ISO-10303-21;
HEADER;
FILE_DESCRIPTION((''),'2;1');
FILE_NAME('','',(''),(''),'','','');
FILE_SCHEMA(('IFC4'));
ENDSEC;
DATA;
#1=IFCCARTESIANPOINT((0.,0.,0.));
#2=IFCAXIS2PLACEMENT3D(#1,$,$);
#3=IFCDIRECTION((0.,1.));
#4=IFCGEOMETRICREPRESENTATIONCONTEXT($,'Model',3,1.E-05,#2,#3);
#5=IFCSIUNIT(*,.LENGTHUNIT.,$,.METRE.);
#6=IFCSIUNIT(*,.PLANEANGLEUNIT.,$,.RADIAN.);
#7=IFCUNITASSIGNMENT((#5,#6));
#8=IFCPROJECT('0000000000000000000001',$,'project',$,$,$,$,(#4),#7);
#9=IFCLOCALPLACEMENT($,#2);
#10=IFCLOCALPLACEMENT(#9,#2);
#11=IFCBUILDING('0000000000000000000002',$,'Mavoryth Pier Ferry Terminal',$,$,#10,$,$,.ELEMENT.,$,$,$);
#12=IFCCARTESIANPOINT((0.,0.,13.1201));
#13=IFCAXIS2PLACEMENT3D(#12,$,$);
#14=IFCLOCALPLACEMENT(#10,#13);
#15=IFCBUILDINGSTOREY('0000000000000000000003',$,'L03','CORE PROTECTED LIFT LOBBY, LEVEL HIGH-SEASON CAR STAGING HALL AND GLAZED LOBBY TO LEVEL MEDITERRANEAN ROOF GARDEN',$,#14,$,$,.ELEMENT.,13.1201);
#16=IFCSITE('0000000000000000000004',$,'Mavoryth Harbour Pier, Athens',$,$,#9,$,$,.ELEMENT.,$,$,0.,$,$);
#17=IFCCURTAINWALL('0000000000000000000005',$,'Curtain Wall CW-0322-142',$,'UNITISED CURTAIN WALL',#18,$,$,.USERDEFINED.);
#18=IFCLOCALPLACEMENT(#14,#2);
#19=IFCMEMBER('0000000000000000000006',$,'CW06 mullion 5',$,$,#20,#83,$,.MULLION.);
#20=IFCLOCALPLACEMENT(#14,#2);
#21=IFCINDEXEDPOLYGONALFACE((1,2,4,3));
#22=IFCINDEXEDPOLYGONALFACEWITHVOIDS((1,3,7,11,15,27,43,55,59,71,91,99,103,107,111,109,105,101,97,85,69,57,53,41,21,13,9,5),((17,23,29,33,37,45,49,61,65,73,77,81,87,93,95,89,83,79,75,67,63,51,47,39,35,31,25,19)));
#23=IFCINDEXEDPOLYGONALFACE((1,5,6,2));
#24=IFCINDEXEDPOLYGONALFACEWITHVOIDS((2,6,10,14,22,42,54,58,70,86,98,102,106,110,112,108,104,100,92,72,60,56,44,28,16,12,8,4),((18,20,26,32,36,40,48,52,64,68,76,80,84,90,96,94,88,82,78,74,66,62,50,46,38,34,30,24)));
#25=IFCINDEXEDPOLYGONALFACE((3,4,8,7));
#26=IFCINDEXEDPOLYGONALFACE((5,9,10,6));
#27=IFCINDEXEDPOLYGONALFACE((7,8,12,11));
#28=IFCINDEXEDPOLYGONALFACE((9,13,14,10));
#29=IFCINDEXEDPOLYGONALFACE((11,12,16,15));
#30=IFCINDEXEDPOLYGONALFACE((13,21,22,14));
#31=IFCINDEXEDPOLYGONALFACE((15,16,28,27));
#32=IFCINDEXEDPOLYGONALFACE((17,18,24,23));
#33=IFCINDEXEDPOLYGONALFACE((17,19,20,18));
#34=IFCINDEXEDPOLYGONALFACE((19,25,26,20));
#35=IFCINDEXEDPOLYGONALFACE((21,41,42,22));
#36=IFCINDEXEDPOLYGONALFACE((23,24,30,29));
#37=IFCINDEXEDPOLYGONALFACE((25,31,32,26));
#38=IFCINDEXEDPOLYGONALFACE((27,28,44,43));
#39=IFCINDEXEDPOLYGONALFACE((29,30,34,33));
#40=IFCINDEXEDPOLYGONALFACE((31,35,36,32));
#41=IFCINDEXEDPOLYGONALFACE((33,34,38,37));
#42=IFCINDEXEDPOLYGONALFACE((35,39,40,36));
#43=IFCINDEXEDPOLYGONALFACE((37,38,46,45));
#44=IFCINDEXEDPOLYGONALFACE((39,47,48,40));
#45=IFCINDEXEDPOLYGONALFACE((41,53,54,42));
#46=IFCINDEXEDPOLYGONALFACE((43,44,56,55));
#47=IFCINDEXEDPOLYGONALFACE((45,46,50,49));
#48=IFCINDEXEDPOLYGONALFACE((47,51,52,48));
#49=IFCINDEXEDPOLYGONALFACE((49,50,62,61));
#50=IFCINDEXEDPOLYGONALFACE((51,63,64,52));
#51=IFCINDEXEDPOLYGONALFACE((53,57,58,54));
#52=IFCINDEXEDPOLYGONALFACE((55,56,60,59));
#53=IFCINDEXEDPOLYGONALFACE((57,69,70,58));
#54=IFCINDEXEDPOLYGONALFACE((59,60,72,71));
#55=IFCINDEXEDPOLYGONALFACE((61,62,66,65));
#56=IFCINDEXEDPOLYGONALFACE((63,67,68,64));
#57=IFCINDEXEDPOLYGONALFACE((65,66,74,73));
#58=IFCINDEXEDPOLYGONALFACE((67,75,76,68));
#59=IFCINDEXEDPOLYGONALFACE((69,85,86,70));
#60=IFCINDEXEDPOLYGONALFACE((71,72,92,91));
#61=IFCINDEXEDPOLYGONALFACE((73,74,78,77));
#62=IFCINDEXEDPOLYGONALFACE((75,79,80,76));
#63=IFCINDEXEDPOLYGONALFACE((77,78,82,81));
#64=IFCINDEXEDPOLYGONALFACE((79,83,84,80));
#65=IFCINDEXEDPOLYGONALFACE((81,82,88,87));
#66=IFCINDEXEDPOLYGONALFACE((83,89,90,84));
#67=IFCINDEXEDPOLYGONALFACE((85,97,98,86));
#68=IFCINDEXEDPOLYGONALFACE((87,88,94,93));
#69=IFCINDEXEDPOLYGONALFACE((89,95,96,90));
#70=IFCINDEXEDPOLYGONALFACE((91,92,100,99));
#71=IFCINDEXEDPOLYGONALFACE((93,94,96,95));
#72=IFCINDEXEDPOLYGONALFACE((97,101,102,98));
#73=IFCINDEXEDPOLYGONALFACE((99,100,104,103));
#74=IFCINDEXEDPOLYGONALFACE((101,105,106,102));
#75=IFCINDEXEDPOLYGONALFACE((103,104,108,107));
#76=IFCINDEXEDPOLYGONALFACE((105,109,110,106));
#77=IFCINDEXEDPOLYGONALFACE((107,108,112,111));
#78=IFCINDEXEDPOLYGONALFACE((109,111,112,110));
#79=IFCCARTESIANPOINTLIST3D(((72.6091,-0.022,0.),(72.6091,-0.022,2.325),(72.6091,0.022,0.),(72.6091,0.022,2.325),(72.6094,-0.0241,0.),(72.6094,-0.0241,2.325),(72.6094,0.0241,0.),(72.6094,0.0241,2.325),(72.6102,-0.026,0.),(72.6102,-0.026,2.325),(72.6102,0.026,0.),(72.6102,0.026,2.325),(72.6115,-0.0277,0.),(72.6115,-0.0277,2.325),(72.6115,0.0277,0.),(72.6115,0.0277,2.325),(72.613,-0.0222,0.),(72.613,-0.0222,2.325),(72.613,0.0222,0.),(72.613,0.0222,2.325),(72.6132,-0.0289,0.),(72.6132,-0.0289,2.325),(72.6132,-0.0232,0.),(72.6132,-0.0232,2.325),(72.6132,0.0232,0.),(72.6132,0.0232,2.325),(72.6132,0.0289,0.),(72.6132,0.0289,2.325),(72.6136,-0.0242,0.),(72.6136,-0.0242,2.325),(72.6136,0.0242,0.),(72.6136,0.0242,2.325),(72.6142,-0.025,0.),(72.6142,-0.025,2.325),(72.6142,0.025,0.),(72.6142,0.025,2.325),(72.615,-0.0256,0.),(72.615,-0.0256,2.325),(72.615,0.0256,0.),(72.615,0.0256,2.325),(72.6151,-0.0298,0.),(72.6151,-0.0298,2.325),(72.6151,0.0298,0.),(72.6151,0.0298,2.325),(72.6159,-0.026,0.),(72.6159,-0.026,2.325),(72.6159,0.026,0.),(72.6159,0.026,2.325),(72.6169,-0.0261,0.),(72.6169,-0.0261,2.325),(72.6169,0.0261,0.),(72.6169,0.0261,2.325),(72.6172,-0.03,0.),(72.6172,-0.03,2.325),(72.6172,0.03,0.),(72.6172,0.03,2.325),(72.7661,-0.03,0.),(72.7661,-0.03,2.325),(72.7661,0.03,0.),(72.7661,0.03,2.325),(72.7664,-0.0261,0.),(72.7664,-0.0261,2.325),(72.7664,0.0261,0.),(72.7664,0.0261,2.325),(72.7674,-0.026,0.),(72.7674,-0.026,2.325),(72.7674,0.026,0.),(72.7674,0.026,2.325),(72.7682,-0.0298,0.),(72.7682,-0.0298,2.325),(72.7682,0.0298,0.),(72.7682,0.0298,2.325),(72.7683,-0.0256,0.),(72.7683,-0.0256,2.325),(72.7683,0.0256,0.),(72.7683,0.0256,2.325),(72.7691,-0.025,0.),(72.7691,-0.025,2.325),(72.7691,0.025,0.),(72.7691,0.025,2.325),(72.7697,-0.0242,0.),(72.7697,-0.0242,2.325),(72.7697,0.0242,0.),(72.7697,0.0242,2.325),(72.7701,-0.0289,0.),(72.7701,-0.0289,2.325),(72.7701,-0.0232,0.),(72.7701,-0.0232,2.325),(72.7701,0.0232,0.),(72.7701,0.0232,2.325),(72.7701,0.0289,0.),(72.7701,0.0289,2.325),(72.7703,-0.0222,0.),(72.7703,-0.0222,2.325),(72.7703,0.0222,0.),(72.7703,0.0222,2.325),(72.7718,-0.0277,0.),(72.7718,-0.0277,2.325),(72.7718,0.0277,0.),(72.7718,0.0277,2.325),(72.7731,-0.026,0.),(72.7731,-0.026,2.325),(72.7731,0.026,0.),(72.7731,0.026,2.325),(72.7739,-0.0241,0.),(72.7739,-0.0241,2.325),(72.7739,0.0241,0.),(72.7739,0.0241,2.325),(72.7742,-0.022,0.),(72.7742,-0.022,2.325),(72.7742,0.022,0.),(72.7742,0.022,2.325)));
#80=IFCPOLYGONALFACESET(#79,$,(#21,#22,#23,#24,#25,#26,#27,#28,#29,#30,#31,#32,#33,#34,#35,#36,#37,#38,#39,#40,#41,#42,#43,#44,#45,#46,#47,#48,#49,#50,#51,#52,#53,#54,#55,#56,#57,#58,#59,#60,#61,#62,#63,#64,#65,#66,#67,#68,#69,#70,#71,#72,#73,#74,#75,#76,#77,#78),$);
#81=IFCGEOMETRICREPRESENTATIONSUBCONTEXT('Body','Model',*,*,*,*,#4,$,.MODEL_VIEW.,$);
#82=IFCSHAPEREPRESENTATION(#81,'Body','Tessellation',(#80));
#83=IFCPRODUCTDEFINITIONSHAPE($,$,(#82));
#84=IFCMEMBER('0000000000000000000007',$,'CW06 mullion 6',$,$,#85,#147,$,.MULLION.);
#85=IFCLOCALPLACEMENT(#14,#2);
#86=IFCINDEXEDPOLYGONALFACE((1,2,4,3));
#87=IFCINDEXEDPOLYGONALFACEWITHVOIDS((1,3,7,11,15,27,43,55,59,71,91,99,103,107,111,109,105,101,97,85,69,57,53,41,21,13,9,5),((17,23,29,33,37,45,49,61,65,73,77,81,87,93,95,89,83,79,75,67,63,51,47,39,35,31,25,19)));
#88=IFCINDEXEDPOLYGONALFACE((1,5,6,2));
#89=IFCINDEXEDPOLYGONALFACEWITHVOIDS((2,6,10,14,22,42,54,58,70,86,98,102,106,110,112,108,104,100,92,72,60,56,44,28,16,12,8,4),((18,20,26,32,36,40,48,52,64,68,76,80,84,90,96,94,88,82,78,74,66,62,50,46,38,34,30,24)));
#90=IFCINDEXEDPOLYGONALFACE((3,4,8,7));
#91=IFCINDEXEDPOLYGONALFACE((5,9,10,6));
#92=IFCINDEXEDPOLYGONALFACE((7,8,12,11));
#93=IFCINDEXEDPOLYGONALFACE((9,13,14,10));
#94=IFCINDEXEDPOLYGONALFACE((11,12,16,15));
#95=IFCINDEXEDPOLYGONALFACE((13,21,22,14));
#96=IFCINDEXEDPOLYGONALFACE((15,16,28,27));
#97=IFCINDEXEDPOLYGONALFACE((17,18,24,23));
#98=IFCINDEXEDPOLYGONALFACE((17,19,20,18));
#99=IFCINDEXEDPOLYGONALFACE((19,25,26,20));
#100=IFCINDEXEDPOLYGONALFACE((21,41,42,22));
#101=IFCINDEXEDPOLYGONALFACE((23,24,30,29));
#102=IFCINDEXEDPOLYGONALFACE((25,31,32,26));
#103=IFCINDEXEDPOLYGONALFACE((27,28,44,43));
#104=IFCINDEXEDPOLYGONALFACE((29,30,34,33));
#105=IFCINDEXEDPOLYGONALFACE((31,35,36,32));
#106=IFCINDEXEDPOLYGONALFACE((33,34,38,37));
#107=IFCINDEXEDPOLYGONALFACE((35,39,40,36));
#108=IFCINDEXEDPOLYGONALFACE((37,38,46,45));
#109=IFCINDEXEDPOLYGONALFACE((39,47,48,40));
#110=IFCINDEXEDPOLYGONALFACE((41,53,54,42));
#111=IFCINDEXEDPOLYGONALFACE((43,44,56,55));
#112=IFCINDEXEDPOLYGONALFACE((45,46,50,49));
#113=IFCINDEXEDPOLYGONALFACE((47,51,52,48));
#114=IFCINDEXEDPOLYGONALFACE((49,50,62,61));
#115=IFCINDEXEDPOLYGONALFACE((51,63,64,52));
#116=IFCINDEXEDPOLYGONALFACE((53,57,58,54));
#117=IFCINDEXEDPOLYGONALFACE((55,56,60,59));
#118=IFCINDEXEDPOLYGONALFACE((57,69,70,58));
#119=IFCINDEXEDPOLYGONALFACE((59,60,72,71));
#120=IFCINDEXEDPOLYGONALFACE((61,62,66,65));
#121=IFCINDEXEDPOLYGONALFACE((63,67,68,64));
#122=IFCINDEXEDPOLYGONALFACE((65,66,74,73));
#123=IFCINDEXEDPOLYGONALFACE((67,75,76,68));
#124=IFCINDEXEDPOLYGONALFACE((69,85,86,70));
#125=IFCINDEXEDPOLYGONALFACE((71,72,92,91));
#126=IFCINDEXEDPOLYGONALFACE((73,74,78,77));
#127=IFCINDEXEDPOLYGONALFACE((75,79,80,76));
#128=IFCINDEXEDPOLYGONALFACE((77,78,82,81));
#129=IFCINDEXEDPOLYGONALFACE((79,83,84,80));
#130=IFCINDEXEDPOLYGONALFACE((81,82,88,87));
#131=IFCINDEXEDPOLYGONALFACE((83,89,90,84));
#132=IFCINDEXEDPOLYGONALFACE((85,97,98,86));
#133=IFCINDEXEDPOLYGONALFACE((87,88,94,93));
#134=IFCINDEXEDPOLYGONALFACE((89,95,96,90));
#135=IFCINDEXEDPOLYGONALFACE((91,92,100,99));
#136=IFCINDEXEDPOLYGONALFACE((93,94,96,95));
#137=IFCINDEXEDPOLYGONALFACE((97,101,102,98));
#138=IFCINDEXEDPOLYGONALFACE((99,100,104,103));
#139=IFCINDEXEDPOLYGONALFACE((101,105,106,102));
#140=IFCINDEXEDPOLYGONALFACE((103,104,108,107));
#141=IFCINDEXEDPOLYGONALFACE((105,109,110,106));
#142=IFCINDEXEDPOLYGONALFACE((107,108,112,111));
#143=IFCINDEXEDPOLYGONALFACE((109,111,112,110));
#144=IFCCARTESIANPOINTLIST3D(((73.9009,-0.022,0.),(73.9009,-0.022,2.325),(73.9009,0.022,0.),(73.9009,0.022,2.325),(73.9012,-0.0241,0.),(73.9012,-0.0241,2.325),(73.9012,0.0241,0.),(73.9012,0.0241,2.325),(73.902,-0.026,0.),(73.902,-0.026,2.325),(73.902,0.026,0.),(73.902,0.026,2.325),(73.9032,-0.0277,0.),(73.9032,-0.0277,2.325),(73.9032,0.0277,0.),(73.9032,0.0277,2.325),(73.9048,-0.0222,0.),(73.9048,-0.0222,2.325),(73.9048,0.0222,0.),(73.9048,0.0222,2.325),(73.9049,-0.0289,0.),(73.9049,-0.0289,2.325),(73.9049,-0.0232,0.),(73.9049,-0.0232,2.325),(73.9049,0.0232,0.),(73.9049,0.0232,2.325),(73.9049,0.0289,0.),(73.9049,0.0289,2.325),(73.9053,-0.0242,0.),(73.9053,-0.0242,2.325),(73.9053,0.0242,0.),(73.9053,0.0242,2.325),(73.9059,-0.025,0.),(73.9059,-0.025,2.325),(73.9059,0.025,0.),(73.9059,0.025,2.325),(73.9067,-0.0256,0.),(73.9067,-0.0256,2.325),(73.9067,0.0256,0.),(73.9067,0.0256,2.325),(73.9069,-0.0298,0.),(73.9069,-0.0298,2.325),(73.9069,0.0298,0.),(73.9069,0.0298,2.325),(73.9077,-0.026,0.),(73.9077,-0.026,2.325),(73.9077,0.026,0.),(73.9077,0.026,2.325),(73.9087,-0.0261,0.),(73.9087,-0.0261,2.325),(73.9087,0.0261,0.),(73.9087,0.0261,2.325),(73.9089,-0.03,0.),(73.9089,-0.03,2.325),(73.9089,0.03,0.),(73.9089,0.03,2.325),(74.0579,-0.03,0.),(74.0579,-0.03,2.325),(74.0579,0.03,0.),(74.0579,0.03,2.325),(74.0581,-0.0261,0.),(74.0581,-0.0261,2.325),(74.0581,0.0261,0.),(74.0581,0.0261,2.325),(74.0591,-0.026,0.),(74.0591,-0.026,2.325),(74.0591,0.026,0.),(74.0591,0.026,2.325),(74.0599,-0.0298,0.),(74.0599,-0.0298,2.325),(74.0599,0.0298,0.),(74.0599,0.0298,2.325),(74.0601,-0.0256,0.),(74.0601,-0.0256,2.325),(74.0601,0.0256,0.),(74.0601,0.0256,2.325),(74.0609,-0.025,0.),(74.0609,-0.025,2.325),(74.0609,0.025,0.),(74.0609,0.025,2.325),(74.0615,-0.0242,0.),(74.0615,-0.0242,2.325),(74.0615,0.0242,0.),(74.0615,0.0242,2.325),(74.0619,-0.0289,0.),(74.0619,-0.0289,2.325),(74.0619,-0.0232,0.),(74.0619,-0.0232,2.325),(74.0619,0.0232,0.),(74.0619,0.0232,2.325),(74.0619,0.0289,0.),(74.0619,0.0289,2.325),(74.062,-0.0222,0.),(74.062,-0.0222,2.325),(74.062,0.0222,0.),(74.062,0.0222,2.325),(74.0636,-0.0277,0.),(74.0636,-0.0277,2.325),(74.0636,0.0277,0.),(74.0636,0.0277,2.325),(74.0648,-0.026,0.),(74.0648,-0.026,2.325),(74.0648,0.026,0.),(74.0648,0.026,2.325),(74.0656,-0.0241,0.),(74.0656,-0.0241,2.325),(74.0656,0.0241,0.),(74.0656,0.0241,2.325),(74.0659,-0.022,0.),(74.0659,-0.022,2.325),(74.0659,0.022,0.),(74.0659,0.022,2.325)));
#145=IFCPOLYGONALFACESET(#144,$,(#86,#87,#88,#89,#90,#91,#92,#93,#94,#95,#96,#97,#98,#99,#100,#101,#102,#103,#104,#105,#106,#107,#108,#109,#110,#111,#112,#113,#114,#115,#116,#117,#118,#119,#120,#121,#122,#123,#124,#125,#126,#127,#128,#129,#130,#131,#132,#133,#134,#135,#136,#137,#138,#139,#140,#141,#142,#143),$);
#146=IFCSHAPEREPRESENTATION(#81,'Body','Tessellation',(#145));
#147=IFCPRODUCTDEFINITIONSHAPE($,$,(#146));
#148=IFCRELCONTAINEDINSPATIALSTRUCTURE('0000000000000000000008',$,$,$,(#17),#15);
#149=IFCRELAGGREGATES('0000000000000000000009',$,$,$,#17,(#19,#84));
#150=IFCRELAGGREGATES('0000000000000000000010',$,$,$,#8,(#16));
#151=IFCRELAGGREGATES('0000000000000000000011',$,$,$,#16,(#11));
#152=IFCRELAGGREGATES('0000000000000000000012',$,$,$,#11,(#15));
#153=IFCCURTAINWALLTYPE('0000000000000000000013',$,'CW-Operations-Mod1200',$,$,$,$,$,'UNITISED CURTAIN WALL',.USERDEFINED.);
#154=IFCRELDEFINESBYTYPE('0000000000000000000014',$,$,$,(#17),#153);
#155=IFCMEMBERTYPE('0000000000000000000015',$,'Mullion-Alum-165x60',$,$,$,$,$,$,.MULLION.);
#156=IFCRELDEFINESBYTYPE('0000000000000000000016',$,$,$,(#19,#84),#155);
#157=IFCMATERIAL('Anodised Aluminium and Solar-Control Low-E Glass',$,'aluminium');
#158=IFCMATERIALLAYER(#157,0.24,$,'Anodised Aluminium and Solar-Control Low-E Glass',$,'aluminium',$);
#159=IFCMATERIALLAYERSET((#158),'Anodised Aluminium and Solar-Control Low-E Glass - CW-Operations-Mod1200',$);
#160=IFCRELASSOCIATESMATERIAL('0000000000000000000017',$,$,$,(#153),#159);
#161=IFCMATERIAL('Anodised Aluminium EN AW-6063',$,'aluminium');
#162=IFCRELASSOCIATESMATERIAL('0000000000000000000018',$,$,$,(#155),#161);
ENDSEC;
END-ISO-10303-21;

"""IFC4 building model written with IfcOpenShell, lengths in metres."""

from ifc_helpers import new_model, si_unit, direction, frame, origin, origin_2d, place, context, subcontext, project, spatial, hollow_rectangle, extrude, material, layer, layer_set, material_profile, profile_set, type_object, element, aggregate, save


model = new_model("IFC4")

# Units and contexts
model_context = context("Model", 3, precision=1e-05, world=origin(), true_north=direction((0.0, 1.0)))
body_context = subcontext(model_context, "Body", "Model", "MODEL_VIEW")
ifc_project = project(units=[si_unit("LENGTHUNIT", "METRE"), si_unit("PLANEANGLEUNIT", "RADIAN")], contexts=[model_context])

# Site, building, storey
site_placement = place(None, origin())
site = spatial("IfcSite", under=ifc_project, at=site_placement, Name="Mavoryth Harbour Pier, Athens", CompositionType="ELEMENT", RefElevation=0.0)
building_placement = place(site_placement, origin())
building = spatial("IfcBuilding", under=site, at=building_placement, Name="Mavoryth Pier Ferry Terminal", CompositionType="ELEMENT")
storey_placement = place(building_placement, frame((0.0, 0.0, 13.1201)))
storey = spatial("IfcBuildingStorey", under=building, at=storey_placement, Name="L03", Description="CORE PROTECTED LIFT LOBBY, LEVEL HIGH-SEASON CAR STAGING HALL AND GLAZED LOBBY TO LEVEL MEDITERRANEAN ROOF GARDEN", CompositionType="ELEMENT", Elevation=13.1201)

# Curtain wall, members
ifc_material_1 = material(Name="Anodised Aluminium and Solar-Control Low-E Glass", Category="aluminium")
ifc_layer_1 = layer(ifc_material_1, 0.24, Name="Anodised Aluminium and Solar-Control Low-E Glass", Category="aluminium")
ifc_layer_set_1 = layer_set([ifc_layer_1], Name="Anodised Aluminium and Solar-Control Low-E Glass - CW-Operations-Mod1200")
curtain_wall_type = type_object("IfcCurtainWallType", Name="CW-Operations-Mod1200", ElementType="UNITISED CURTAIN WALL", PredefinedType="USERDEFINED", material=ifc_layer_set_1)
curtain_wall_placement = place(storey_placement, origin())
curtain_wall = element("IfcCurtainWall", 1, at=curtain_wall_placement, inside=storey, type_object=curtain_wall_type, Name="Curtain Wall CW-0322-142", ObjectType="UNITISED CURTAIN WALL", PredefinedType="USERDEFINED")
ifc_material_2 = material(Name="Anodised Aluminium EN AW-6063", Category="aluminium")
ifc_material_profile_1 = material_profile(ifc_material_2, hollow_rectangle(XDim=0.0601, YDim=0.165, WallThickness=0.0039, InnerFilletRadius=0.0039, OuterFilletRadius=0.0081, at=origin_2d()), Name="AL-MULL 165x60x4", Category="aluminium")
ifc_profile_set_1 = profile_set([ifc_material_profile_1], Name="Anodised Aluminium EN AW-6063 - AL-MULL 165x60x4")
member_type_1 = type_object("IfcMemberType", Name="Mullion-Alum-165x60", PredefinedType="MULLION", material=ifc_profile_set_1)
member_1_placement = place(storey_placement, frame((72.6917, 0.0, 0.0), z_axis=(0.0, 0.0, 1.0), x_axis=(0.0, 1.0, 0.0)))
member_1 = element("IfcMember", 2, at=member_1_placement, type_object=member_type_1, Name="CW06 mullion 5", PredefinedType="MULLION", context=body_context, shape_type="SweptSolid", body=[
    extrude(hollow_rectangle(XDim=0.0601, YDim=0.165, WallThickness=0.0039, InnerFilletRadius=0.0039, OuterFilletRadius=0.0081, at=origin_2d()), origin(), (0.0, 0.0, 1.0), 2.325),
])
member_2_placement = place(storey_placement, frame((73.9834, 0.0, 0.0), z_axis=(0.0, 0.0, 1.0), x_axis=(0.0, 1.0, 0.0)))
member_2 = element("IfcMember", 3, at=member_2_placement, type_object=member_type_1, Name="CW06 mullion 6", PredefinedType="MULLION", context=body_context, shape_type="SweptSolid", body=[
    extrude(hollow_rectangle(XDim=0.0601, YDim=0.165, WallThickness=0.0039, InnerFilletRadius=0.0039, OuterFilletRadius=0.0081, at=origin_2d()), origin(), (0.0, 0.0, 1.0), 2.325),
])
aggregate(curtain_wall, [member_1, member_2])

save(model, "model.ifc")
